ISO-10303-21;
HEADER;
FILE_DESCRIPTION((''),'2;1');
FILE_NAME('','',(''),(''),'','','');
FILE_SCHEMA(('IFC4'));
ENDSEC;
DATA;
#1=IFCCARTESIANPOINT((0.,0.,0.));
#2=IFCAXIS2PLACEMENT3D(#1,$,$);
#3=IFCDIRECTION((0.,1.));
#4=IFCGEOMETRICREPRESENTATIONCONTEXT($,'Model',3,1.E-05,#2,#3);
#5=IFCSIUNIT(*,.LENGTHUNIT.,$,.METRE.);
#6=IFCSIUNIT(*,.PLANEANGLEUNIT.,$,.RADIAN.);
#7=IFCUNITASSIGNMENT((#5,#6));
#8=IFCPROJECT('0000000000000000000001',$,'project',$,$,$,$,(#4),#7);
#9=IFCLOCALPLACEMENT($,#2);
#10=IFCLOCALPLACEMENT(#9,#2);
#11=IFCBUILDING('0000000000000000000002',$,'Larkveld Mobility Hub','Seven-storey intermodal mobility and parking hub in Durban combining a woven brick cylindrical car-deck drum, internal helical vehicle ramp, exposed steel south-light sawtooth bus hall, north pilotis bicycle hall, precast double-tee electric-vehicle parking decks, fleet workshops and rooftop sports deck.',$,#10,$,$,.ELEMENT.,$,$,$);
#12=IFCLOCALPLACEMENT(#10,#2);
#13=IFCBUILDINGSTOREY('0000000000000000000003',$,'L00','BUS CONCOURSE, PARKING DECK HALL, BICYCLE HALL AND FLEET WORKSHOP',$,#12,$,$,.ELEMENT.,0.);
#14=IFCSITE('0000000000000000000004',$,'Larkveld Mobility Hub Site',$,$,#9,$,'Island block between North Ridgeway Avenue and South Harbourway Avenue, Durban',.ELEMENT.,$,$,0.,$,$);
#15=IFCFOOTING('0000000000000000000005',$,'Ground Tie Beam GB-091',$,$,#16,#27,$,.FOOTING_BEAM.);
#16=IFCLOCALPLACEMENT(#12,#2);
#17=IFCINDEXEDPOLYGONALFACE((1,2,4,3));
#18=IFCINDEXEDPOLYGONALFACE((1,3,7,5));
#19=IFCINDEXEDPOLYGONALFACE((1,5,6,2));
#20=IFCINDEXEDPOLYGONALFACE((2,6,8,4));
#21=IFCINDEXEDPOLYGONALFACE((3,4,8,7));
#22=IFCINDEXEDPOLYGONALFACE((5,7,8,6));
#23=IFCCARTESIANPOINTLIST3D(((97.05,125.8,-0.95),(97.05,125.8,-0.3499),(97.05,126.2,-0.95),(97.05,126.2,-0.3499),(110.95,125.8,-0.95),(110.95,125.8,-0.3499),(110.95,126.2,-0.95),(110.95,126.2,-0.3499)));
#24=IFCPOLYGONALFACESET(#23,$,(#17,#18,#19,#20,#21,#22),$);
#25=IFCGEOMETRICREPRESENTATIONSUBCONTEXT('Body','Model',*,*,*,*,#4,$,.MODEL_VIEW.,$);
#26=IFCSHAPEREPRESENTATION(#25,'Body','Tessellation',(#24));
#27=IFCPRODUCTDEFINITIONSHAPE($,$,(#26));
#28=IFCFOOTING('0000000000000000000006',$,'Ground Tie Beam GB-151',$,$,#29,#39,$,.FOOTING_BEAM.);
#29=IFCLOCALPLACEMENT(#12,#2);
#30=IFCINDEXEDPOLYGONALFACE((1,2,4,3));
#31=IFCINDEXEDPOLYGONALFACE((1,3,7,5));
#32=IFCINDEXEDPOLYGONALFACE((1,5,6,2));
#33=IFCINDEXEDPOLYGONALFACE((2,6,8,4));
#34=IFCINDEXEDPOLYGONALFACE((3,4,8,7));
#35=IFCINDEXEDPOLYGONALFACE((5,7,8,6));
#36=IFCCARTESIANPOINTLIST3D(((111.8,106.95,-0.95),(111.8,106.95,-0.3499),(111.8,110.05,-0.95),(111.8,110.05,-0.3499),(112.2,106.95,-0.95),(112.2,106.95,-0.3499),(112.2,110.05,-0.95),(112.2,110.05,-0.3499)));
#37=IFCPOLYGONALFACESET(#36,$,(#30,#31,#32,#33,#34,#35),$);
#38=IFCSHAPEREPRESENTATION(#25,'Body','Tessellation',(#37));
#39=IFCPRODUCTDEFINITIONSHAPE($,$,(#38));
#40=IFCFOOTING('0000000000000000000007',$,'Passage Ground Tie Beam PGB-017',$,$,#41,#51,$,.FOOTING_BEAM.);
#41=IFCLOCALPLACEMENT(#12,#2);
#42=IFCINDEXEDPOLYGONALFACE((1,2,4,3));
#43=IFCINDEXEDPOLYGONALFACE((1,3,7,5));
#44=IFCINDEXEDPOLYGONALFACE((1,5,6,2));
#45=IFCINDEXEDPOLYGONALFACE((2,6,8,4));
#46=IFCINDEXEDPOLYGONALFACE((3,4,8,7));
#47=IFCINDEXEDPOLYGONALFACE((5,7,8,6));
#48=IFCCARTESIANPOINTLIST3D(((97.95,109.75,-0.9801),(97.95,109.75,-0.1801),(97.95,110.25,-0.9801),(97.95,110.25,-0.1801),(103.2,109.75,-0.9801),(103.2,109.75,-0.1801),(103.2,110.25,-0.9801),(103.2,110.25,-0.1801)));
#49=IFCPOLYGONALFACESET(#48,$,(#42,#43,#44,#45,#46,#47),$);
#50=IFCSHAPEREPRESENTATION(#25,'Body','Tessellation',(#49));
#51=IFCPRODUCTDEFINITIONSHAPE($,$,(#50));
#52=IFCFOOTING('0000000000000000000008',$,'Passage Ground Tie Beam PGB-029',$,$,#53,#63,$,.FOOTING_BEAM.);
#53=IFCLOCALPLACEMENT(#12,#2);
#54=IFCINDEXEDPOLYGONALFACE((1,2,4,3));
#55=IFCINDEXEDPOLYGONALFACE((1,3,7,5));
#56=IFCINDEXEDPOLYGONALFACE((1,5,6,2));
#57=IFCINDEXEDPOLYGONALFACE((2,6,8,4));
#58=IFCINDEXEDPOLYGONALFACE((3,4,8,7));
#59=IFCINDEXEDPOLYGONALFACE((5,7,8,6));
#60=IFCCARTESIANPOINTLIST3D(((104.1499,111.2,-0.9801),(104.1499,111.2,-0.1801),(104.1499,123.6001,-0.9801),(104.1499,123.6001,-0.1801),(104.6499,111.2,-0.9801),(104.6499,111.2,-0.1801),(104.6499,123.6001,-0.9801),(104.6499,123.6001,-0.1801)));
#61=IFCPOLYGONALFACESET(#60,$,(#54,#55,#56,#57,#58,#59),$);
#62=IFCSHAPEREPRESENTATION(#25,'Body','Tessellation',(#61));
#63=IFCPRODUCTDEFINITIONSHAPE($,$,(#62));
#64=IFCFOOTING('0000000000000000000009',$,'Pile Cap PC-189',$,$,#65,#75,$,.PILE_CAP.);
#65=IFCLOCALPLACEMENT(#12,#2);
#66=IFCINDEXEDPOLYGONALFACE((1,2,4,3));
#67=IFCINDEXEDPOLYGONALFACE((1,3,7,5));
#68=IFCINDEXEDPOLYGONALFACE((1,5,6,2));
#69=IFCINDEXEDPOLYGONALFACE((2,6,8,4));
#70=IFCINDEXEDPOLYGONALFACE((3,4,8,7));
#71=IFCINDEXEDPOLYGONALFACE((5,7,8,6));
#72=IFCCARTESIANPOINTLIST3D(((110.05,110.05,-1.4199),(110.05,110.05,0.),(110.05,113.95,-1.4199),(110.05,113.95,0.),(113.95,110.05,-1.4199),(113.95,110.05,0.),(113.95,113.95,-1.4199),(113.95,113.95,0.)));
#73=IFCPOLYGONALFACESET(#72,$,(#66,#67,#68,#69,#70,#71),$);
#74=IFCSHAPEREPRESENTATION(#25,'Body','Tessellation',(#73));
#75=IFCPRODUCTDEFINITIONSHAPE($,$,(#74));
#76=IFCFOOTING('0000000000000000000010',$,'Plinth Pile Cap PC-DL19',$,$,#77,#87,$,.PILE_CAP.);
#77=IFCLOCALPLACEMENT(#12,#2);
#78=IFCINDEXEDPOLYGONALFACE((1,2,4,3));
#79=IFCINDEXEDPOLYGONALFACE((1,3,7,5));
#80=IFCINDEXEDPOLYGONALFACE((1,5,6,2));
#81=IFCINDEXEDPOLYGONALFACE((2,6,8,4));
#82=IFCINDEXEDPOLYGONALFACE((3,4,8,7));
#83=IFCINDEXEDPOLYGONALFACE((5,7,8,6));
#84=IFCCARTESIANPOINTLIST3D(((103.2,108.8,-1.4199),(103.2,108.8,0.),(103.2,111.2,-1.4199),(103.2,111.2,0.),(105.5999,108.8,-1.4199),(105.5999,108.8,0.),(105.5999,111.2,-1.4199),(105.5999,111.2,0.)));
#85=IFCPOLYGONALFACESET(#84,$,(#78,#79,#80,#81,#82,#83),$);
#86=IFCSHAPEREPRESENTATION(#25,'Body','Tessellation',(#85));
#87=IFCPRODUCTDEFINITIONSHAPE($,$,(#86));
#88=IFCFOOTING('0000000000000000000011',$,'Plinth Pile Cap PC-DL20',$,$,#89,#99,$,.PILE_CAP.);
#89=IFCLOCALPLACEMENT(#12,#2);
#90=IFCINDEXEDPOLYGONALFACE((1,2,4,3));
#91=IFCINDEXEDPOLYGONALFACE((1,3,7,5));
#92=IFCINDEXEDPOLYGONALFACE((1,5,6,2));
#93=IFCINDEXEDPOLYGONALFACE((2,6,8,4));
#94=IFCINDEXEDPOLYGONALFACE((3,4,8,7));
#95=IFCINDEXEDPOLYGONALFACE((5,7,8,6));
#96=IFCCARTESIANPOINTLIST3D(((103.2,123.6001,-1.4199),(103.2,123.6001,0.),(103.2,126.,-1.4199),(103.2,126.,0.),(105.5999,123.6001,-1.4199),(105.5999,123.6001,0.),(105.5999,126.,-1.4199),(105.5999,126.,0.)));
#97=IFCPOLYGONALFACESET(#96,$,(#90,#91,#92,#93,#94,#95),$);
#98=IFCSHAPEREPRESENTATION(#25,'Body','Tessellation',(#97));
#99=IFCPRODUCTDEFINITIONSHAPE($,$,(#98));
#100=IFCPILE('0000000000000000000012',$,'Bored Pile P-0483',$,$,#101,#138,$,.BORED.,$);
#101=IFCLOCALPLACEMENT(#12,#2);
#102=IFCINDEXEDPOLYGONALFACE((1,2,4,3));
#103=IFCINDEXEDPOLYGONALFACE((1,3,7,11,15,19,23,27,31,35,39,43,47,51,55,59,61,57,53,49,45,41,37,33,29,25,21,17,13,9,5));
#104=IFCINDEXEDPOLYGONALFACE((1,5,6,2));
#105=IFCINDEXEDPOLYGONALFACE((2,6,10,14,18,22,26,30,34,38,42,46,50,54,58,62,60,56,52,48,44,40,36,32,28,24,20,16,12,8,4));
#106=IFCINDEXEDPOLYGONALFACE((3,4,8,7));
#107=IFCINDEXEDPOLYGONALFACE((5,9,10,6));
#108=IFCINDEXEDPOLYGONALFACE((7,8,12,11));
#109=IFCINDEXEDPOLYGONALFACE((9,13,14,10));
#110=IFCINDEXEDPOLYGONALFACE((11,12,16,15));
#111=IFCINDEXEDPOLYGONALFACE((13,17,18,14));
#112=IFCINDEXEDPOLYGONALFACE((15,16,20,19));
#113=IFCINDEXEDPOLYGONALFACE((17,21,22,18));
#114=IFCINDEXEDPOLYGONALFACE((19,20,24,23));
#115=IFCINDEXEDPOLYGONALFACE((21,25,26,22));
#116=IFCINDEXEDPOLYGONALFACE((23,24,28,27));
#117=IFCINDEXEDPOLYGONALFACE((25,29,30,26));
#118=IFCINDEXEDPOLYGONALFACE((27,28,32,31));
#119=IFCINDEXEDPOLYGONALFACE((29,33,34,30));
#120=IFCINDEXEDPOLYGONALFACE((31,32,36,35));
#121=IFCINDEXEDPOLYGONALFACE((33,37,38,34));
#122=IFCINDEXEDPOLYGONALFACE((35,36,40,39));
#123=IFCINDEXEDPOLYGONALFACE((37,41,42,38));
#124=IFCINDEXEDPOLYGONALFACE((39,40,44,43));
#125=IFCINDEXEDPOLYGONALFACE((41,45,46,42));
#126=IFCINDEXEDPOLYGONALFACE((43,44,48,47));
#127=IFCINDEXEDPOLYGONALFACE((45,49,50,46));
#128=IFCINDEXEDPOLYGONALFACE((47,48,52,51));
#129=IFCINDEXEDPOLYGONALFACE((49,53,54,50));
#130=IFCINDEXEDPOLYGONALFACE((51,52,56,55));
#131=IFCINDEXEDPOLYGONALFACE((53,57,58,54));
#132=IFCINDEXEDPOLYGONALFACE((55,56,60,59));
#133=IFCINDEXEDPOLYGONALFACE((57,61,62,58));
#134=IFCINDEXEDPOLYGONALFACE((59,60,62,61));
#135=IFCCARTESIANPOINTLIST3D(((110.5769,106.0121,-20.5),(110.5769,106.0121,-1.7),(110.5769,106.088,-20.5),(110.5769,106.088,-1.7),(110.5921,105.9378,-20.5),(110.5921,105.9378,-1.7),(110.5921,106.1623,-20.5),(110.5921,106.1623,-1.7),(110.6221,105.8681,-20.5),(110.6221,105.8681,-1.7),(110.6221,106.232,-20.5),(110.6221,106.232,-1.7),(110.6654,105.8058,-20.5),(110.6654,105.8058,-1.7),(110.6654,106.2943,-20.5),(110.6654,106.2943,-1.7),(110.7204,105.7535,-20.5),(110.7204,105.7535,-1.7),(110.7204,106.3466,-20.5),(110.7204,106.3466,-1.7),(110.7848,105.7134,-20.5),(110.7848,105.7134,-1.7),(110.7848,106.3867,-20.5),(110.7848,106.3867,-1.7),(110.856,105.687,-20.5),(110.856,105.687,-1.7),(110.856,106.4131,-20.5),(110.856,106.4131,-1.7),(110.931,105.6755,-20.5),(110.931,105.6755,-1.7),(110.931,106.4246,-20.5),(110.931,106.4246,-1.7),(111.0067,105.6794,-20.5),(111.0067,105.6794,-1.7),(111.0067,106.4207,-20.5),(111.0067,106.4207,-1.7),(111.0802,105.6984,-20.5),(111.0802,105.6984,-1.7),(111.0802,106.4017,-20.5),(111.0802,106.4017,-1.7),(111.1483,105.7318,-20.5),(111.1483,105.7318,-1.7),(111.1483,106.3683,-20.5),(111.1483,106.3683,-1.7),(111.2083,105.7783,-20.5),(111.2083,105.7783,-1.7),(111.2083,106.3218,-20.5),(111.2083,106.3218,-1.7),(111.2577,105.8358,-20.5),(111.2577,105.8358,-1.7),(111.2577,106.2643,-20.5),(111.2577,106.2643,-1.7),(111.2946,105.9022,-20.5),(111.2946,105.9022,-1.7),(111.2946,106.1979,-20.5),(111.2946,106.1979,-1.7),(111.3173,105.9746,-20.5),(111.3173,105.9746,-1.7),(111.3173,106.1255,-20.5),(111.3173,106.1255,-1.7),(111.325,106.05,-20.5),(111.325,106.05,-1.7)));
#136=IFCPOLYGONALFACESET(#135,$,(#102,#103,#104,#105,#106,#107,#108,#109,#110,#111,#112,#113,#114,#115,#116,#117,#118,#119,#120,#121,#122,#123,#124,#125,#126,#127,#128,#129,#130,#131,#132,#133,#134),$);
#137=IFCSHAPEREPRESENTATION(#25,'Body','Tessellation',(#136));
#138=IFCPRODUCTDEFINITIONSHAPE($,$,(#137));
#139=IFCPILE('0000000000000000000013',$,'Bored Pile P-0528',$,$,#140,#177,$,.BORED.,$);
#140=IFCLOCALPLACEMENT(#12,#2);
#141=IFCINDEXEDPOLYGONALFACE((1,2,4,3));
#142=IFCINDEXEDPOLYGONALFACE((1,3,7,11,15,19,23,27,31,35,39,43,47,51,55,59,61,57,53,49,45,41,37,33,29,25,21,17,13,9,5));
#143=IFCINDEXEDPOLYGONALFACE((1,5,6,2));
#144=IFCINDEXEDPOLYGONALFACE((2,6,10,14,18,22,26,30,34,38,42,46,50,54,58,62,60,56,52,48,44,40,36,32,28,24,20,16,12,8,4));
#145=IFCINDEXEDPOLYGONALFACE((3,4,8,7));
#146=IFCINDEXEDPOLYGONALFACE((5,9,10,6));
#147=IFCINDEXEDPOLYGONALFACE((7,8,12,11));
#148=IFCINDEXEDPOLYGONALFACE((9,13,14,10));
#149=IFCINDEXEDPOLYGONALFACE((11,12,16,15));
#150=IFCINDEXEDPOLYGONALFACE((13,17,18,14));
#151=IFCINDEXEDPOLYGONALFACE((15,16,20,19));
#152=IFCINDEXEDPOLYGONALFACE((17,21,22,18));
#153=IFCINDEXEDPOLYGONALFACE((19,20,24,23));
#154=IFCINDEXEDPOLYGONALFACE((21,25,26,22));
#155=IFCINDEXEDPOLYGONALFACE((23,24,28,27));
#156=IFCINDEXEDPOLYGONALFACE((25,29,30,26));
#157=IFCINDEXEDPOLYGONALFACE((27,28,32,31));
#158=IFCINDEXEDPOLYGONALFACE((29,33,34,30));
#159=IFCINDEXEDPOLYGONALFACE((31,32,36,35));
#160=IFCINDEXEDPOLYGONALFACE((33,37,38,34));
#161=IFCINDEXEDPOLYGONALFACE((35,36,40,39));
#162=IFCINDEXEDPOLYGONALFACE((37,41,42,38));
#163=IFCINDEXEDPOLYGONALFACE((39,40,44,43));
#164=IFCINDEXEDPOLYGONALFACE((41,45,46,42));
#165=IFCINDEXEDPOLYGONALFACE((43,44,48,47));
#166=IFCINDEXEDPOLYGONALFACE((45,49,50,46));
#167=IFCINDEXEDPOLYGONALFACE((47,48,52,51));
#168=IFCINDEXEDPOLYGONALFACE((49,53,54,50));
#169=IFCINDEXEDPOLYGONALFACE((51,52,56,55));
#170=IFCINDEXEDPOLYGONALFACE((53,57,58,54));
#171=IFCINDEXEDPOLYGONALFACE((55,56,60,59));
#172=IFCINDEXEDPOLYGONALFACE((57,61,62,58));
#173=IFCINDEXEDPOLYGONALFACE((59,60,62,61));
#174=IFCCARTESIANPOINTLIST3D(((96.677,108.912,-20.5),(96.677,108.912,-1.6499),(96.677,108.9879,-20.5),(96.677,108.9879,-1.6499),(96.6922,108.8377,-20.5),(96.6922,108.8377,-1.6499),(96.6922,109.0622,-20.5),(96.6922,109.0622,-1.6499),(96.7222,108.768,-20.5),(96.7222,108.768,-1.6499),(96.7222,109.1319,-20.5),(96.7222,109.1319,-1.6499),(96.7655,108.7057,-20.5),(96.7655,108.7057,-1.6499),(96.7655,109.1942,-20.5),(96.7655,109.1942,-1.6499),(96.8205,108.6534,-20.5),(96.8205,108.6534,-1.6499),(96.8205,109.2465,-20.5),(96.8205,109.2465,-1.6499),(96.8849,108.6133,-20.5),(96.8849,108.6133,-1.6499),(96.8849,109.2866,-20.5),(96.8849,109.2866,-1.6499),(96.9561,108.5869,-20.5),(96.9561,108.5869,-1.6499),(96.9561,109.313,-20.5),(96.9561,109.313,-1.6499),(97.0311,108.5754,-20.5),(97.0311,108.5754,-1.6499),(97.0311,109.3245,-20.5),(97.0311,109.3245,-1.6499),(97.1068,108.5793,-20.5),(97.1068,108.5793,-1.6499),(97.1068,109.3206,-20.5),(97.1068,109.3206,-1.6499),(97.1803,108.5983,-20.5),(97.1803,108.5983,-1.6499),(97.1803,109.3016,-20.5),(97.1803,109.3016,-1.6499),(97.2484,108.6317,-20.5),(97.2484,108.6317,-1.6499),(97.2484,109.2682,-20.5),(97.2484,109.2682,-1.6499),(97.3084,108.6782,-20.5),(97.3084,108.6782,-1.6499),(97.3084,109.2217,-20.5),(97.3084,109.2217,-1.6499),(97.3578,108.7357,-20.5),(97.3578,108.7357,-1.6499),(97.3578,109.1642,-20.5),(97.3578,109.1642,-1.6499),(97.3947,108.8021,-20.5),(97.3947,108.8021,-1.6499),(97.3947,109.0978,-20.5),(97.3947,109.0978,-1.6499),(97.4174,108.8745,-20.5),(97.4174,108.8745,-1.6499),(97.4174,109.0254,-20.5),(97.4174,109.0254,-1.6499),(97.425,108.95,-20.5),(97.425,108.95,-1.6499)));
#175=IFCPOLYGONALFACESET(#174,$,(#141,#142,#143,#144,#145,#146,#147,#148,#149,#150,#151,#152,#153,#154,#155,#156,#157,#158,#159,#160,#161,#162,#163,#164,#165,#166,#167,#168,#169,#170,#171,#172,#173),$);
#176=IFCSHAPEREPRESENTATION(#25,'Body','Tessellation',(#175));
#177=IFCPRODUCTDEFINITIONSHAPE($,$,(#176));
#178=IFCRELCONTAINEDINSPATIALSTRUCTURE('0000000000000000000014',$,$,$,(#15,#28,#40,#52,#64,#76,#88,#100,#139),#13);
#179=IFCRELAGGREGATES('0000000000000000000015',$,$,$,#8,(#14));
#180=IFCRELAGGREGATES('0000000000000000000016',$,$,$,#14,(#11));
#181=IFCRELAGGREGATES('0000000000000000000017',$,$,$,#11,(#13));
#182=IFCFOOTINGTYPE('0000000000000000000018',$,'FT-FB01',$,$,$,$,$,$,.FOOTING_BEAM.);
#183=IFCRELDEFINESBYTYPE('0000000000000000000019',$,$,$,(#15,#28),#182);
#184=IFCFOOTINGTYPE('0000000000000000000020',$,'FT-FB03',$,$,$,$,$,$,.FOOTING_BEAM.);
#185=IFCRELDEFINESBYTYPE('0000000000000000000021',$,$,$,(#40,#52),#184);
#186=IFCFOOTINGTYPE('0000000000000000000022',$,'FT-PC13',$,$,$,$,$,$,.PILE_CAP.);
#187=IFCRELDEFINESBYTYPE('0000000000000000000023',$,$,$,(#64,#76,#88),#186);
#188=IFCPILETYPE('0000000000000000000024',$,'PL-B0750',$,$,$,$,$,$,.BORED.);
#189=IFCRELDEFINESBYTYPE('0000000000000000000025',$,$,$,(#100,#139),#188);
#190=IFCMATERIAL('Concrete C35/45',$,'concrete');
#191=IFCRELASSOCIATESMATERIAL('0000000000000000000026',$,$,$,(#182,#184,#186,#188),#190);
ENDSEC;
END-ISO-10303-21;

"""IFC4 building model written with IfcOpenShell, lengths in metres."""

from ifc_helpers import new_model, si_unit, direction, frame, origin, origin_2d, place, context, subcontext, project, spatial, rectangle, circle, extrude, material, material_profile, profile_set, type_object, element, save


model = new_model("IFC4")

# Units and contexts
model_context = context("Model", 3, precision=1e-05, world=origin(), true_north=direction((0.0, 1.0)))
body_context = subcontext(model_context, "Body", "Model", "MODEL_VIEW")
ifc_project = project(units=[si_unit("LENGTHUNIT", "METRE"), si_unit("PLANEANGLEUNIT", "RADIAN")], contexts=[model_context])

# Site, building, storey
site_placement = place(None, origin())
site = spatial("IfcSite", under=ifc_project, at=site_placement, Name="Larkveld Mobility Hub Site", LongName="Island block between North Ridgeway Avenue and South Harbourway Avenue, Durban", CompositionType="ELEMENT", RefElevation=0.0)
building_placement = place(site_placement, origin())
building = spatial("IfcBuilding", under=site, at=building_placement, Name="Larkveld Mobility Hub", Description="Seven-storey intermodal mobility and parking hub in Durban combining a woven brick cylindrical car-deck drum, internal helical vehicle ramp, exposed steel south-light sawtooth bus hall, north pilotis bicycle hall, precast double-tee electric-vehicle parking decks, fleet workshops and rooftop sports deck.", CompositionType="ELEMENT")
storey_placement = place(building_placement, origin())
storey = spatial("IfcBuildingStorey", under=building, at=storey_placement, Name="L00", Description="BUS CONCOURSE, PARKING DECK HALL, BICYCLE HALL AND FLEET WORKSHOP", CompositionType="ELEMENT", Elevation=0.0)

# Footings
ifc_material_1 = material(Name="Concrete C35/45", Category="concrete")
ifc_material_profile_1 = material_profile(ifc_material_1, rectangle(XDim=0.3999, YDim=0.6001, at=origin_2d()), Name="RC BM 400x600")
ifc_profile_set_1 = profile_set([ifc_material_profile_1], Name="Concrete C35/45")
footing_type_1 = type_object("IfcFootingType", Name="FT-FB01", PredefinedType="FOOTING_BEAM", material=ifc_profile_set_1)
footing_1_placement = place(storey_placement, frame((97.05, 126.0, -0.6499), z_axis=(1.0, 0.0, 0.0), x_axis=(0.0, 1.0, 0.0)))
element("IfcFooting", 1, at=footing_1_placement, inside=storey, type_object=footing_type_1, Name="Ground Tie Beam GB-091", PredefinedType="FOOTING_BEAM", context=body_context, shape_type="SweptSolid", body=[
    extrude(rectangle(XDim=0.3999, YDim=0.6001, at=origin_2d()), origin(), (0.0, 0.0, 1.0), 13.8999),
])
footing_2_placement = place(storey_placement, frame((112.0, 106.95, -0.6499), z_axis=(0.0, 1.0, 0.0), x_axis=(-1.0, 0.0, 0.0)))
element("IfcFooting", 2, at=footing_2_placement, inside=storey, type_object=footing_type_1, Name="Ground Tie Beam GB-151", PredefinedType="FOOTING_BEAM", context=body_context, shape_type="SweptSolid", body=[
    extrude(rectangle(XDim=0.3999, YDim=0.6001, at=origin_2d()), origin(), (0.0, 0.0, 1.0), 3.1001),
])
ifc_material_profile_2 = material_profile(ifc_material_1, rectangle(XDim=0.5, YDim=0.8, at=origin_2d()), Name="RC BM 500x800")
ifc_profile_set_2 = profile_set([ifc_material_profile_2], Name="Concrete C35/45")
footing_type_2 = type_object("IfcFootingType", Name="FT-FB03", PredefinedType="FOOTING_BEAM", material=ifc_profile_set_2)
footing_3_placement = place(storey_placement, frame((97.95, 110.0, -0.5801), z_axis=(1.0, 0.0, 0.0), x_axis=(0.0, 1.0, 0.0)))
element("IfcFooting", 3, at=footing_3_placement, inside=storey, type_object=footing_type_2, Name="Passage Ground Tie Beam PGB-017", PredefinedType="FOOTING_BEAM", context=body_context, shape_type="SweptSolid", body=[
    extrude(rectangle(XDim=0.5, YDim=0.8, at=origin_2d()), origin(), (0.0, 0.0, 1.0), 5.25),
])
footing_4_placement = place(storey_placement, frame((104.3999, 111.2, -0.5801), z_axis=(0.0, 1.0, 0.0), x_axis=(-1.0, 0.0, 0.0)))
element("IfcFooting", 4, at=footing_4_placement, inside=storey, type_object=footing_type_2, Name="Passage Ground Tie Beam PGB-029", PredefinedType="FOOTING_BEAM", context=body_context, shape_type="SweptSolid", body=[
    extrude(rectangle(XDim=0.5, YDim=0.8, at=origin_2d()), origin(), (0.0, 0.0, 1.0), 12.4001),
])
footing_type_3 = type_object("IfcFootingType", Name="FT-PC13", PredefinedType="PILE_CAP", material=ifc_material_1)
footing_5_placement = place(storey_placement, frame((112.0, 112.0, -1.4199), z_axis=(0.0, 0.0, 1.0), x_axis=(1.0, 0.0, 0.0)))
element("IfcFooting", 5, at=footing_5_placement, inside=storey, type_object=footing_type_3, Name="Pile Cap PC-189", PredefinedType="PILE_CAP", context=body_context, shape_type="SweptSolid", body=[
    extrude(rectangle(XDim=3.8999, YDim=3.8999, at=origin_2d()), origin(), (0.0, 0.0, 1.0), 1.4199),
])
for number, where, z_axis, x_axis, name in (
    (6, (104.3999, 110.0, -1.4199), (0.0, 0.0, 1.0), (1.0, 0.0, 0.0), "Plinth Pile Cap PC-DL19"),
    (7, (104.3999, 124.8, -1.4199), (0.0, 0.0, 1.0), (1.0, 0.0, 0.0), "Plinth Pile Cap PC-DL20"),
):
    element("IfcFooting", number, at=place(storey_placement, frame(where, z_axis=z_axis, x_axis=x_axis)), inside=storey, type_object=footing_type_3, Name=name, PredefinedType="PILE_CAP", context=body_context, shape_type="SweptSolid", body=[
        extrude(rectangle(XDim=2.3999, YDim=2.3999, at=origin_2d()), origin(), (0.0, 0.0, 1.0), 1.4199),
    ])

# Piles
ifc_material_profile_3 = material_profile(ifc_material_1, circle(Radius=0.375, at=origin_2d()), Name="PILE D750")
ifc_profile_set_3 = profile_set([ifc_material_profile_3], Name="Concrete C35/45")
pile_type_1 = type_object("IfcPileType", Name="PL-B0750", PredefinedType="BORED", material=ifc_profile_set_3)
pile_placement = place(storey_placement, frame((110.95, 106.05, -1.7), z_axis=(0.0, 0.0, -1.0), x_axis=(1.0, 0.0, 0.0)))
element("IfcPile", 8, at=pile_placement, inside=storey, type_object=pile_type_1, Name="Bored Pile P-0483", PredefinedType="BORED", context=body_context, shape_type="SweptSolid", body=[
    extrude(circle(Radius=0.375, at=origin_2d()), origin(), (0.0, 0.0, 1.0), 18.8),
])
for number, where, z_axis, x_axis, name in (
    (9, (97.05, 108.95, -1.6499), (0.0, 0.0, -1.0), (1.0, 0.0, 0.0), "Bored Pile P-0528"),
):
    element("IfcPile", number, at=place(storey_placement, frame(where, z_axis=z_axis, x_axis=x_axis)), inside=storey, type_object=pile_type_1, Name=name, PredefinedType="BORED", context=body_context, shape_type="SweptSolid", body=[
        extrude(circle(Radius=0.375, at=origin_2d()), origin(), (0.0, 0.0, 1.0), 18.8501),
    ])

save(model, "model.ifc")
